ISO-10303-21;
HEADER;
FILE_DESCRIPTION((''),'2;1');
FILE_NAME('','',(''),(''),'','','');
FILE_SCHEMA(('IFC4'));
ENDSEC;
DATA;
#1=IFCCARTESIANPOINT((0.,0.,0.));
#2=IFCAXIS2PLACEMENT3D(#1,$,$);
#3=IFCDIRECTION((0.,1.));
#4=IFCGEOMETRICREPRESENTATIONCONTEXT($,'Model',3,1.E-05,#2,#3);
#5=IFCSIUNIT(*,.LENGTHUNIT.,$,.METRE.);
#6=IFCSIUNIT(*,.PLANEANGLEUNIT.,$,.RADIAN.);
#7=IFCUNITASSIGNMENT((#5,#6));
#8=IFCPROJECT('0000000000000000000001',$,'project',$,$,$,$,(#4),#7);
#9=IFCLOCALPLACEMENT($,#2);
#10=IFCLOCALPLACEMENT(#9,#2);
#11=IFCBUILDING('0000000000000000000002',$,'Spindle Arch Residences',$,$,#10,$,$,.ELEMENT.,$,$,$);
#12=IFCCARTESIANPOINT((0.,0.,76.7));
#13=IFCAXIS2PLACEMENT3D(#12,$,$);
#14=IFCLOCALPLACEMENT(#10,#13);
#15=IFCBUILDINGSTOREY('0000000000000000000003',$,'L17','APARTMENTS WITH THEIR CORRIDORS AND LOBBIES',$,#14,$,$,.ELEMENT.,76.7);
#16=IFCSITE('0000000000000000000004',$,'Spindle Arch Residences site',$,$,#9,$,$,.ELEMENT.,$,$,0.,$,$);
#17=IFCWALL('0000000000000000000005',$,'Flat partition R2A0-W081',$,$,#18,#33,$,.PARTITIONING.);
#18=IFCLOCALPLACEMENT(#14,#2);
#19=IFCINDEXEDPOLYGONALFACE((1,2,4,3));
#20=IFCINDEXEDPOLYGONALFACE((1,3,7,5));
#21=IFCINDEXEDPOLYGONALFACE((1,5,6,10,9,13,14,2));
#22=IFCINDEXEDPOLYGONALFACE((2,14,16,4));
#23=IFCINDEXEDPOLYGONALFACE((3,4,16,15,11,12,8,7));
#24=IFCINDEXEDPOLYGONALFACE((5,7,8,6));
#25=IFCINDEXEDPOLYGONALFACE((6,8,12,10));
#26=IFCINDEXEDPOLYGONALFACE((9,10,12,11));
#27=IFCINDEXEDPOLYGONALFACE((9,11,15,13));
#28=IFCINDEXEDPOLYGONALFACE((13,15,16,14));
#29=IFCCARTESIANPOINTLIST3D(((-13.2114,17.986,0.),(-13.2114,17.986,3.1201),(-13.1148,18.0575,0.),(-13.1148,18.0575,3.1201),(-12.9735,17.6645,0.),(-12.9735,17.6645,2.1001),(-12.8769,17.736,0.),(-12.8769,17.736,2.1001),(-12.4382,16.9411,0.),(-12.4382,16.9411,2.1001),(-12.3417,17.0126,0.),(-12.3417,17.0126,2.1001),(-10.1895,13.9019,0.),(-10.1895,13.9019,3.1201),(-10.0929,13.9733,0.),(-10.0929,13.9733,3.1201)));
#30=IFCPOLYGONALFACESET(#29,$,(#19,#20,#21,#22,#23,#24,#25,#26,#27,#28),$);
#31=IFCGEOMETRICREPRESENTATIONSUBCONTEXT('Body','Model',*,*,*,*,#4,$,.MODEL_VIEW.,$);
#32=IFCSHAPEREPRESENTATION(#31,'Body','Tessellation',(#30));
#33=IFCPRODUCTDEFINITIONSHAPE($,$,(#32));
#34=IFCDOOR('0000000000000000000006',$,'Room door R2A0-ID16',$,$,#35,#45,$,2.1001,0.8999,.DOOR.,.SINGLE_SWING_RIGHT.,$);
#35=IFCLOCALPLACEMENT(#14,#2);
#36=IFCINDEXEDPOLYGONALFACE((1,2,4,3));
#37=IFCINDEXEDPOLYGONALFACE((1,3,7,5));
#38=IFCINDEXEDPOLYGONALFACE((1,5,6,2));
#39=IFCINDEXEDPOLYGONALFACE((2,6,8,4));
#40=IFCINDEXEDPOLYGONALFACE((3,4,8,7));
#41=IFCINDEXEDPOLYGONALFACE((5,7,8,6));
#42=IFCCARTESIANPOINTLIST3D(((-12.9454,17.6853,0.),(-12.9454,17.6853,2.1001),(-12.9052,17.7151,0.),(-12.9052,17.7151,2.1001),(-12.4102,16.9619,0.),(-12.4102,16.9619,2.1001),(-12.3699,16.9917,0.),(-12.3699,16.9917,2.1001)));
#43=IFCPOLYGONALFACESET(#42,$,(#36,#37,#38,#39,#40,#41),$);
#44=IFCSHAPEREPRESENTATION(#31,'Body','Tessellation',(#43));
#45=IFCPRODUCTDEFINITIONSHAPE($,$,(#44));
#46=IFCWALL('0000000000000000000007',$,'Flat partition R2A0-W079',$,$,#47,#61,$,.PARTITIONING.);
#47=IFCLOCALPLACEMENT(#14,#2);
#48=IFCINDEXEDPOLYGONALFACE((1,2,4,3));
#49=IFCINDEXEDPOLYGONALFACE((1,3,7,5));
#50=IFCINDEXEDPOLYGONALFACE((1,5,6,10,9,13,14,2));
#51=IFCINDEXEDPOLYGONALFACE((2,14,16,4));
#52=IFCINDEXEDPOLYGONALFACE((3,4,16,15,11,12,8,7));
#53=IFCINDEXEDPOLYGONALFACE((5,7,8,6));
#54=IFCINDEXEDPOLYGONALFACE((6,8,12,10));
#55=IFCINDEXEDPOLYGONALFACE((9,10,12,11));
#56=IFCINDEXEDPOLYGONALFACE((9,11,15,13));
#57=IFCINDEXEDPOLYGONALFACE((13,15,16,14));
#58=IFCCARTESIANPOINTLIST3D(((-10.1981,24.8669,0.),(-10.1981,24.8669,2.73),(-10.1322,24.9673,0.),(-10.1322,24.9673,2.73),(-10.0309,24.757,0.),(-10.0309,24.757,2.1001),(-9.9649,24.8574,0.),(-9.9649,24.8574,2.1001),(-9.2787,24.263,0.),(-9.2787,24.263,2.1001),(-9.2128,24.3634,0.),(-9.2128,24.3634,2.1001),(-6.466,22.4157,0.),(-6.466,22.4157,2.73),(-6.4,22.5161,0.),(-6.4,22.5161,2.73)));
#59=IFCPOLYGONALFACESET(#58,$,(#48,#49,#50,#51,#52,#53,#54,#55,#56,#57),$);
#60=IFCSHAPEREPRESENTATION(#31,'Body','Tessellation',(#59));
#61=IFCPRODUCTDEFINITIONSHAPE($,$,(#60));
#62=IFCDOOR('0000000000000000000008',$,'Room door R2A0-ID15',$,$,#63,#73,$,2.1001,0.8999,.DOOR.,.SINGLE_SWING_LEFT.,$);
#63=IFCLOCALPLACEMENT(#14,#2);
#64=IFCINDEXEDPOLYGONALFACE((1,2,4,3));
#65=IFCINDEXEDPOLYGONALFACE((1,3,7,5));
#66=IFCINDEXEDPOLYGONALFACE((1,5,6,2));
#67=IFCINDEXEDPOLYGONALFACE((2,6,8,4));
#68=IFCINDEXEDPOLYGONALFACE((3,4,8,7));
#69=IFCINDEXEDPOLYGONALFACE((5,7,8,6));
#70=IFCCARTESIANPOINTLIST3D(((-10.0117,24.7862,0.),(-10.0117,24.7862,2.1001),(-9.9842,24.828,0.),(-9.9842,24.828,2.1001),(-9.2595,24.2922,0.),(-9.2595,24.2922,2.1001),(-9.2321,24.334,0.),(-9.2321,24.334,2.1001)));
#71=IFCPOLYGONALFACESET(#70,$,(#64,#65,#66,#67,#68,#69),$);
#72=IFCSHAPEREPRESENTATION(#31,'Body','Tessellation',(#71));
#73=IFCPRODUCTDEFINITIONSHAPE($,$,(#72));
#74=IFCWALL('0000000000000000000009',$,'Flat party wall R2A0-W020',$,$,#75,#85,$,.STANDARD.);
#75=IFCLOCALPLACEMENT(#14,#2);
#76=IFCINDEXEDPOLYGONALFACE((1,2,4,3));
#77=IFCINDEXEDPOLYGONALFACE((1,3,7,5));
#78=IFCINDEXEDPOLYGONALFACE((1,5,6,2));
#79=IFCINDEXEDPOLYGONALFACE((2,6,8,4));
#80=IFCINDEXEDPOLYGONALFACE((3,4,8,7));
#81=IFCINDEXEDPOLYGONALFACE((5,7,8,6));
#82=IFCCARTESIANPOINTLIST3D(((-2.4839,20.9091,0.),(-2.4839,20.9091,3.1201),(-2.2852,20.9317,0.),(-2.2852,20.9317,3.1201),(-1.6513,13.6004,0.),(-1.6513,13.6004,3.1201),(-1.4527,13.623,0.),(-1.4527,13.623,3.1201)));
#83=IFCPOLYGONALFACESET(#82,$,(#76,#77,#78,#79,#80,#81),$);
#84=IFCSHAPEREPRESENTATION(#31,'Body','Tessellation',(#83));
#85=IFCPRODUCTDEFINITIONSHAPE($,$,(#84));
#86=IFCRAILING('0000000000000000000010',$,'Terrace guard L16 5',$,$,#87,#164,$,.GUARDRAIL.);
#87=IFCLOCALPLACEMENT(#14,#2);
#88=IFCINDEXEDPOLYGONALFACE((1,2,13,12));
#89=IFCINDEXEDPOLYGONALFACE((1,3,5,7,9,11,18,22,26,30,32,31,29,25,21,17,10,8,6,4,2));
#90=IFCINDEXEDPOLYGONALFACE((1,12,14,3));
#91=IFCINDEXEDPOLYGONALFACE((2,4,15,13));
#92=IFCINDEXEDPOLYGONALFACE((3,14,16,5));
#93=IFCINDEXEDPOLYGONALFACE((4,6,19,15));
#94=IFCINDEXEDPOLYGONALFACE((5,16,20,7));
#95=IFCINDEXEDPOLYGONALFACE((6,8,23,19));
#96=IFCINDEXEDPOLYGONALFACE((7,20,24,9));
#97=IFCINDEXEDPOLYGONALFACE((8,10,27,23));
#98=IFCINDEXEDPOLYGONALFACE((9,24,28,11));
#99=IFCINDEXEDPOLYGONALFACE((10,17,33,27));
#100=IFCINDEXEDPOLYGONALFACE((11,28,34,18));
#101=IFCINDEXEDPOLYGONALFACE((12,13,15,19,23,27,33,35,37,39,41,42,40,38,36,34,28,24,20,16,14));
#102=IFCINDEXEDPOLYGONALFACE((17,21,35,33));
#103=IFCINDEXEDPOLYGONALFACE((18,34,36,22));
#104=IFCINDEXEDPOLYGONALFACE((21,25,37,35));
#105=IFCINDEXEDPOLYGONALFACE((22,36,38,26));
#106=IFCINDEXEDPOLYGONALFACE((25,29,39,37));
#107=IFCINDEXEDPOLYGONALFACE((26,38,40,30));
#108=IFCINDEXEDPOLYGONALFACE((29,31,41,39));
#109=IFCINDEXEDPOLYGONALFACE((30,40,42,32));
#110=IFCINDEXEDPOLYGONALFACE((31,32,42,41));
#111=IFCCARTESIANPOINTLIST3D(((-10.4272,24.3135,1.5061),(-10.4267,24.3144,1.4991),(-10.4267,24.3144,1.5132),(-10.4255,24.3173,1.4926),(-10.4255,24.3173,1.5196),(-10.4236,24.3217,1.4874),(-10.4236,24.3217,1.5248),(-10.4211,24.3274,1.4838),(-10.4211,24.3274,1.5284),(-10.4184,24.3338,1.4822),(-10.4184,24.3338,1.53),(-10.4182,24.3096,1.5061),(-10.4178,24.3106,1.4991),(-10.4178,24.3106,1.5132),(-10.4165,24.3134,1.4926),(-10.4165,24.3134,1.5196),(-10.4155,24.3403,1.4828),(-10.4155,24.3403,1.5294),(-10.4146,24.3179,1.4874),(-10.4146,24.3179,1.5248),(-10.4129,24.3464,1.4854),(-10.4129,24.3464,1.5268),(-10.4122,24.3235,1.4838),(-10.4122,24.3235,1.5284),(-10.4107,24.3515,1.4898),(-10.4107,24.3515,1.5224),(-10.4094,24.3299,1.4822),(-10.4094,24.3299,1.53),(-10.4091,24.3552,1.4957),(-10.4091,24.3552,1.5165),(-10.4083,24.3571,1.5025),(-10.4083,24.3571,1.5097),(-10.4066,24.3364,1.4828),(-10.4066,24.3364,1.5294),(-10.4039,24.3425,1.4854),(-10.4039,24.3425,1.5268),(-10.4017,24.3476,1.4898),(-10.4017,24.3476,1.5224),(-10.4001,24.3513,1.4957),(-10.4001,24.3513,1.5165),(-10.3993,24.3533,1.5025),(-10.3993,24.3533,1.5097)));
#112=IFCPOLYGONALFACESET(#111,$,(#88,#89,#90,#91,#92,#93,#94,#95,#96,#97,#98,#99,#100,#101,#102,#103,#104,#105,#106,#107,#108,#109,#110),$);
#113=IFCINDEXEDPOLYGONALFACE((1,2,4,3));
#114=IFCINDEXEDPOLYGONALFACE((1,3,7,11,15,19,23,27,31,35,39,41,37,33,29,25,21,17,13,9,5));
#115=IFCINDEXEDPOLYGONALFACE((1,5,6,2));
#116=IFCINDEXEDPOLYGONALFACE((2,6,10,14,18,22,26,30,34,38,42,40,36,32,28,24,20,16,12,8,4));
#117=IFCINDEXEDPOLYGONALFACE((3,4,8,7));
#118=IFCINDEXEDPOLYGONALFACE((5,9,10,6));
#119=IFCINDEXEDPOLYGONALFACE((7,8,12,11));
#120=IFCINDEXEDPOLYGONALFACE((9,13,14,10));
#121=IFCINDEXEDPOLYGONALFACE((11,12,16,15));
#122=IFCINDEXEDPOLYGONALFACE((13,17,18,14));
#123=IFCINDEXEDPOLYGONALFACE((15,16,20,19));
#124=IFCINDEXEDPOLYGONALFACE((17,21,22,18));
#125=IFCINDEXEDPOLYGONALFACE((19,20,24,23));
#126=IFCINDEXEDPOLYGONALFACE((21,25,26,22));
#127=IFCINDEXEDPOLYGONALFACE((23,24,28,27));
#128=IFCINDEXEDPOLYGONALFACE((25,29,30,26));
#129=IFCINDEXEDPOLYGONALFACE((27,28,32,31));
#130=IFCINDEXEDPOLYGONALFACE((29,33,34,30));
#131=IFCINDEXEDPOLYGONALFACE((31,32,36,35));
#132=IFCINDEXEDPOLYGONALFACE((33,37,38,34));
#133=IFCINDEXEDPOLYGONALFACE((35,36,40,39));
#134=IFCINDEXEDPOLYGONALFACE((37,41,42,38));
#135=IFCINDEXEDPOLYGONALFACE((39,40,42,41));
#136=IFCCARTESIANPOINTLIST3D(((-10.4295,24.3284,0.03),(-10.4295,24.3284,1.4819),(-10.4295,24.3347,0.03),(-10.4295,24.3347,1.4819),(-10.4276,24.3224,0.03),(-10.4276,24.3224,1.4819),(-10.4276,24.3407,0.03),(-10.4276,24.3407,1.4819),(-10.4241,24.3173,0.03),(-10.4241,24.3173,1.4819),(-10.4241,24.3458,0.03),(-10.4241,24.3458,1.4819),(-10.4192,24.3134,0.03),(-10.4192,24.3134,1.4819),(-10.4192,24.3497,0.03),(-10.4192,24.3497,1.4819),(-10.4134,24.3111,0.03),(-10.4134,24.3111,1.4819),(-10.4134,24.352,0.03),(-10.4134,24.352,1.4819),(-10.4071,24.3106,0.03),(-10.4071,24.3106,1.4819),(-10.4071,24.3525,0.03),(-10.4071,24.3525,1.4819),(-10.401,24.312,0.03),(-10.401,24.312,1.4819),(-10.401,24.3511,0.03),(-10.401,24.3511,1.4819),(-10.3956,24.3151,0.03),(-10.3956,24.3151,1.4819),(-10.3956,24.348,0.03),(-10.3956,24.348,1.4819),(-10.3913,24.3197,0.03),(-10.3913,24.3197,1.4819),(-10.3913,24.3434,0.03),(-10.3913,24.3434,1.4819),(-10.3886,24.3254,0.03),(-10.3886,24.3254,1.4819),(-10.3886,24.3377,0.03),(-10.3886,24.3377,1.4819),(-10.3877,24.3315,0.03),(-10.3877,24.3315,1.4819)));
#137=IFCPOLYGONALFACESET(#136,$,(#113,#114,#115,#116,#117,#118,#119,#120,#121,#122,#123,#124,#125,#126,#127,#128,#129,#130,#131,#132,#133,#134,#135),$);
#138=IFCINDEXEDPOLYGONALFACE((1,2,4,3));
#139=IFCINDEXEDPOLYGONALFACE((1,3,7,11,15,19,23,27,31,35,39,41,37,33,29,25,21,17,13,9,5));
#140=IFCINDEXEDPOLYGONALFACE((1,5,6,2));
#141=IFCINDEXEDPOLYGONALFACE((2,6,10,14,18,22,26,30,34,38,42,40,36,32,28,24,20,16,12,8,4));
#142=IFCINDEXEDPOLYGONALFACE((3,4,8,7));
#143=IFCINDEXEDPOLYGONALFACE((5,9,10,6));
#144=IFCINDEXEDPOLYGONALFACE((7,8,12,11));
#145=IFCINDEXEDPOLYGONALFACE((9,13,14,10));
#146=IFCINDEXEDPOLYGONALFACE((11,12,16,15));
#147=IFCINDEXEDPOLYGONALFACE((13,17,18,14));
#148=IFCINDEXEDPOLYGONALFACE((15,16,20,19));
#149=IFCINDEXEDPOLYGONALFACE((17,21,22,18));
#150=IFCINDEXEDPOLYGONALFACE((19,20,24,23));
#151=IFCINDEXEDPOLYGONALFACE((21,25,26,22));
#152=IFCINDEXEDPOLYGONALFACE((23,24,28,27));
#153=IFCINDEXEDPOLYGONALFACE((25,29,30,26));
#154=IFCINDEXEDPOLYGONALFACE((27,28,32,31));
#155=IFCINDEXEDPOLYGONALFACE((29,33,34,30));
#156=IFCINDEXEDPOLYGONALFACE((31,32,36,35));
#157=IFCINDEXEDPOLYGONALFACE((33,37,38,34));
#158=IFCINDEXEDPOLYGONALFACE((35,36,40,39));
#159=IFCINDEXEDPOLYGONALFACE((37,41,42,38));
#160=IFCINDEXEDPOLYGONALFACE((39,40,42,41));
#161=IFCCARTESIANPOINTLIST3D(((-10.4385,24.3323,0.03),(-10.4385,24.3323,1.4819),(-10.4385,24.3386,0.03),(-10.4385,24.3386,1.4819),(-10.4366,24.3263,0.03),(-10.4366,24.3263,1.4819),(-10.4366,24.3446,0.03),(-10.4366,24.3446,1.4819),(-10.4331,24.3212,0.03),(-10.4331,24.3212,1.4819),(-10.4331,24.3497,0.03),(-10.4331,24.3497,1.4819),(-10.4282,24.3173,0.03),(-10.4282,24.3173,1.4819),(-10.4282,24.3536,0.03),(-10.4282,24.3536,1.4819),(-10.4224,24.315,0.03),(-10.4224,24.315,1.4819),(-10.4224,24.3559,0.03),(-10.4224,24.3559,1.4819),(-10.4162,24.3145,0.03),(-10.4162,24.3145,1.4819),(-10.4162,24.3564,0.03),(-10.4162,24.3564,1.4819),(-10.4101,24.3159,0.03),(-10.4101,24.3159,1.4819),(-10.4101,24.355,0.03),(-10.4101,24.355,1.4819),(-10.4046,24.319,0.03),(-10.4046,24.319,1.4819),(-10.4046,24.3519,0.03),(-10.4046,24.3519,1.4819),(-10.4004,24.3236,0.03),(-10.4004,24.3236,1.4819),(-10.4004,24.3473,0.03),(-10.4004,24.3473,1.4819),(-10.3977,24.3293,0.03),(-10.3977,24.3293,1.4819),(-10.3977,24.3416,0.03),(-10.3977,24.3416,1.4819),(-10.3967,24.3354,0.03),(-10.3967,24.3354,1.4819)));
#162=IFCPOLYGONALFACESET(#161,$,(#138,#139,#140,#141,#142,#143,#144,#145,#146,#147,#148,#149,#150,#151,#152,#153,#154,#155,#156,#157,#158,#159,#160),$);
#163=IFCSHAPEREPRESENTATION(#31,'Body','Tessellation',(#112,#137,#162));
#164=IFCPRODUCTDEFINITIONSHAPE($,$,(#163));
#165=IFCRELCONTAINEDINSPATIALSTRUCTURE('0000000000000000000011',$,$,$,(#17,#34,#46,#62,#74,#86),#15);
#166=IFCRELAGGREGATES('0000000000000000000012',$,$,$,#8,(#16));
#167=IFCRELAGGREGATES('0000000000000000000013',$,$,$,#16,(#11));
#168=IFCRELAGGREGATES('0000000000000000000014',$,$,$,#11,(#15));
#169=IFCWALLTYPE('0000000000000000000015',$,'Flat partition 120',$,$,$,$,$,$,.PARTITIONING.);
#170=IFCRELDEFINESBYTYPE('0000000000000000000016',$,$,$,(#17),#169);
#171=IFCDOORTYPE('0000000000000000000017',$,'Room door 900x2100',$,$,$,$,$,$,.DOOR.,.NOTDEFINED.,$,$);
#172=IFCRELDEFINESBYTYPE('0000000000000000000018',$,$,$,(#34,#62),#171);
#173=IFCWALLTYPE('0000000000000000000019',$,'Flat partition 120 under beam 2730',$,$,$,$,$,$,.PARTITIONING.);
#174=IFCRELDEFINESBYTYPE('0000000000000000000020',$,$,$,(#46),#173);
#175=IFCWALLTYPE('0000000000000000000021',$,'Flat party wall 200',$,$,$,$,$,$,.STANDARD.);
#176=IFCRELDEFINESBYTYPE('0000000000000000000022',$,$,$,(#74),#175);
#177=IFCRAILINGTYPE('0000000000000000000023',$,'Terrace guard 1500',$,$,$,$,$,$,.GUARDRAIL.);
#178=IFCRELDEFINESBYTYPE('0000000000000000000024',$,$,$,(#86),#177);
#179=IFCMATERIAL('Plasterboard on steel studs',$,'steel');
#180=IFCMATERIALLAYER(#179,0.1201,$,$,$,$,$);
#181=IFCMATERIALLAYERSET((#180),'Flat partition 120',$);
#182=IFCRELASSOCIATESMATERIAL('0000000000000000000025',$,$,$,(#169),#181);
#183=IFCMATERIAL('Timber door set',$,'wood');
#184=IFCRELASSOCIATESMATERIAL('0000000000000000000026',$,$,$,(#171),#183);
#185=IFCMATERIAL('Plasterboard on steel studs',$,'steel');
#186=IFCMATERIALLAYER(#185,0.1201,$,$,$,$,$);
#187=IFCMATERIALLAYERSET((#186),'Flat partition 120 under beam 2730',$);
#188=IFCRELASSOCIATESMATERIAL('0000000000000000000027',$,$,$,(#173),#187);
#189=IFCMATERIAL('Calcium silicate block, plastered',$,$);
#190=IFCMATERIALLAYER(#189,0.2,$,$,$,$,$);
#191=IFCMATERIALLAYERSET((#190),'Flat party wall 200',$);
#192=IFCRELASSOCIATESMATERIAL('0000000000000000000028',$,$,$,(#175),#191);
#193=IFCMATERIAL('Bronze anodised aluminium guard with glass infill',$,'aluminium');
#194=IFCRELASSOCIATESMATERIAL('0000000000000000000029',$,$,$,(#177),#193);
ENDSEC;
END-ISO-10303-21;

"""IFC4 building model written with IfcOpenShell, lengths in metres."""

from ifc_helpers import new_model, si_unit, direction, frame, frame_2d, origin, origin_2d, place, context, subcontext, project, spatial, rectangle, circle, extrude, material, layer, layer_set, type_object, element, fill, save


model = new_model("IFC4")

# Units and contexts
model_context = context("Model", 3, precision=1e-05, world=origin(), true_north=direction((0.0, 1.0)))
body_context = subcontext(model_context, "Body", "Model", "MODEL_VIEW")
ifc_project = project(units=[si_unit("LENGTHUNIT", "METRE"), si_unit("PLANEANGLEUNIT", "RADIAN")], contexts=[model_context])

# Site, building, storey
site_placement = place(None, origin())
site = spatial("IfcSite", under=ifc_project, at=site_placement, Name="Spindle Arch Residences site", CompositionType="ELEMENT", RefElevation=0.0)
building_placement = place(site_placement, origin())
building = spatial("IfcBuilding", under=site, at=building_placement, Name="Spindle Arch Residences", CompositionType="ELEMENT")
storey_placement = place(building_placement, frame((0.0, 0.0, 76.7)))
storey = spatial("IfcBuildingStorey", under=building, at=storey_placement, Name="L17", Description="APARTMENTS WITH THEIR CORRIDORS AND LOBBIES", CompositionType="ELEMENT", Elevation=76.7)

# Shared definitions
ifc_material_1 = material(Name="Plasterboard on steel studs", Category="steel")
ifc_layer_1 = layer(ifc_material_1, 0.1201)
ifc_layer_set_1 = layer_set([ifc_layer_1], Name="Flat partition 120")
wall_type_1 = type_object("IfcWallType", Name="Flat partition 120", PredefinedType="PARTITIONING", material=ifc_layer_set_1)

# Shared definitions
ifc_material_2 = material(Name="Timber door set", Category="wood")
door_type_1 = type_object("IfcDoorType", Name="Room door 900x2100", OperationType="NOTDEFINED", PredefinedType="DOOR", material=ifc_material_2)

# Walls, openings, doors
wall_1_placement = place(storey_placement, frame((-13.1631, 18.0217, 0.0), z_axis=(0.0, 0.0, 1.0), x_axis=(0.594798, -0.803875, 0.0)))
wall_1 = element("IfcWall", 1, at=wall_1_placement, inside=storey, type_object=wall_type_1, Name="Flat partition R2A0-W081", PredefinedType="PARTITIONING", context=body_context, shape_type="SweptSolid", body=[
    extrude(rectangle(XDim=5.0806, YDim=0.1201, at=frame_2d((2.5403, 0.0))), origin(), (0.0, 0.0, 1.0), 3.1201),
])
opening_1_placement = place(wall_1_placement, frame((0.3999, 0.0, 0.0)))
opening_1 = element("IfcOpeningElement", 2, at=opening_1_placement, cuts=wall_1, PredefinedType="OPENING", context=body_context, shape_type="SweptSolid", body=[
    extrude(rectangle(XDim=0.8999, YDim=2.1001, at=frame_2d((0.45, 1.05))), frame((0.0, 0.0701, 0.0), z_axis=(0.0, -1.0, 0.0), x_axis=(1.0, 0.0, 0.0)), (0.0, 0.0, 1.0), 0.1401),
])
door_1_placement = place(opening_1_placement, origin())
door_1 = element("IfcDoor", 3, at=door_1_placement, inside=storey, type_object=door_type_1, Name="Room door R2A0-ID16", OperationType="SINGLE_SWING_RIGHT", OverallHeight=2.1001, OverallWidth=0.8999, PredefinedType="DOOR", context=body_context, shape_type="SweptSolid", body=[
    extrude(rectangle(XDim=0.8999, YDim=2.1001, at=frame_2d((0.45, 1.05))), frame((0.0, 0.0249, 0.0), z_axis=(0.0, -1.0, 0.0), x_axis=(1.0, 0.0, 0.0)), (0.0, 0.0, 1.0), 0.05),
])
fill(opening_1, door_1)
ifc_material_3 = material(Name="Plasterboard on steel studs", Category="steel")
ifc_layer_2 = layer(ifc_material_3, 0.1201)
ifc_layer_set_2 = layer_set([ifc_layer_2], Name="Flat partition 120 under beam 2730")
wall_type_2 = type_object("IfcWallType", Name="Flat partition 120 under beam 2730", PredefinedType="PARTITIONING", material=ifc_layer_set_2)
wall_2_placement = place(storey_placement, frame((-10.165, 24.917, 0.0), z_axis=(0.0, 0.0, 1.0), x_axis=(0.83585, -0.548959, 0.0)))
wall_2 = element("IfcWall", 4, at=wall_2_placement, inside=storey, type_object=wall_type_2, Name="Flat partition R2A0-W079", PredefinedType="PARTITIONING", context=body_context, shape_type="SweptSolid", body=[
    extrude(rectangle(XDim=4.4651, YDim=0.1201, at=frame_2d((2.2324, 0.0))), origin(), (0.0, 0.0, 1.0), 2.73),
])
opening_2_placement = place(wall_2_placement, frame((0.2, 0.0, 0.0)))
opening_2 = element("IfcOpeningElement", 5, at=opening_2_placement, cuts=wall_2, PredefinedType="OPENING", context=body_context, shape_type="SweptSolid", body=[
    extrude(rectangle(XDim=0.8999, YDim=2.1001, at=frame_2d((0.45, 1.05))), frame((0.0, 0.0701, 0.0), z_axis=(0.0, -1.0, 0.0), x_axis=(1.0, 0.0, 0.0)), (0.0, 0.0, 1.0), 0.1401),
])
door_2_placement = place(opening_2_placement, origin())
door_2 = element("IfcDoor", 6, at=door_2_placement, inside=storey, type_object=door_type_1, Name="Room door R2A0-ID15", OperationType="SINGLE_SWING_LEFT", OverallHeight=2.1001, OverallWidth=0.8999, PredefinedType="DOOR", context=body_context, shape_type="SweptSolid", body=[
    extrude(rectangle(XDim=0.8999, YDim=2.1001, at=frame_2d((0.45, 1.05))), frame((0.0, 0.0249, 0.0), z_axis=(0.0, -1.0, 0.0), x_axis=(1.0, 0.0, 0.0)), (0.0, 0.0, 1.0), 0.05),
])
fill(opening_2, door_2)

# Wall
ifc_material_4 = material(Name="Calcium silicate block, plastered")
ifc_layer_3 = layer(ifc_material_4, 0.2)
ifc_layer_set_3 = layer_set([ifc_layer_3], Name="Flat party wall 200")
wall_type_3 = type_object("IfcWallType", Name="Flat party wall 200", PredefinedType="STANDARD", material=ifc_layer_set_3)
wall_3_placement = place(storey_placement, frame((-2.3845, 20.9204, 0.0), z_axis=(0.0, 0.0, 1.0), x_axis=(0.113178, -0.993575, 0.0)))
element("IfcWall", 7, at=wall_3_placement, inside=storey, type_object=wall_type_3, Name="Flat party wall R2A0-W020", PredefinedType="STANDARD", context=body_context, shape_type="SweptSolid", body=[
    extrude(rectangle(XDim=7.356, YDim=0.2, at=frame_2d((3.678, 0.0))), origin(), (0.0, 0.0, 1.0), 3.1201),
])

# Railing
ifc_material_5 = material(Name="Bronze anodised aluminium guard with glass infill", Category="aluminium")
railing_type_1 = type_object("IfcRailingType", Name="Terrace guard 1500", PredefinedType="GUARDRAIL", material=ifc_material_5)
railing_1_placement = place(storey_placement, frame((-10.4087, 24.3315, 0.03)))
element("IfcRailing", 8, at=railing_1_placement, inside=storey, type_object=railing_type_1, Name="Terrace guard L16 5", PredefinedType="GUARDRAIL", context=body_context, shape_type="SweptSolid", body=[
    extrude(circle(Radius=0.0239, at=origin_2d()), frame((0.0, 0.0, 1.4761), z_axis=(-0.917857, 0.396911, 0.0), x_axis=(-0.396911, -0.917857, 0.0)), (0.0, 0.0, 1.0), 0.0098),
    extrude(circle(Radius=0.021, at=origin_2d()), origin(), (0.0, 0.0, 1.0), 1.4519),
    extrude(circle(Radius=0.021, at=origin_2d()), frame((-0.009, 0.0039, 0.0)), (0.0, 0.0, 1.0), 1.4519),
])

save(model, "model.ifc")
